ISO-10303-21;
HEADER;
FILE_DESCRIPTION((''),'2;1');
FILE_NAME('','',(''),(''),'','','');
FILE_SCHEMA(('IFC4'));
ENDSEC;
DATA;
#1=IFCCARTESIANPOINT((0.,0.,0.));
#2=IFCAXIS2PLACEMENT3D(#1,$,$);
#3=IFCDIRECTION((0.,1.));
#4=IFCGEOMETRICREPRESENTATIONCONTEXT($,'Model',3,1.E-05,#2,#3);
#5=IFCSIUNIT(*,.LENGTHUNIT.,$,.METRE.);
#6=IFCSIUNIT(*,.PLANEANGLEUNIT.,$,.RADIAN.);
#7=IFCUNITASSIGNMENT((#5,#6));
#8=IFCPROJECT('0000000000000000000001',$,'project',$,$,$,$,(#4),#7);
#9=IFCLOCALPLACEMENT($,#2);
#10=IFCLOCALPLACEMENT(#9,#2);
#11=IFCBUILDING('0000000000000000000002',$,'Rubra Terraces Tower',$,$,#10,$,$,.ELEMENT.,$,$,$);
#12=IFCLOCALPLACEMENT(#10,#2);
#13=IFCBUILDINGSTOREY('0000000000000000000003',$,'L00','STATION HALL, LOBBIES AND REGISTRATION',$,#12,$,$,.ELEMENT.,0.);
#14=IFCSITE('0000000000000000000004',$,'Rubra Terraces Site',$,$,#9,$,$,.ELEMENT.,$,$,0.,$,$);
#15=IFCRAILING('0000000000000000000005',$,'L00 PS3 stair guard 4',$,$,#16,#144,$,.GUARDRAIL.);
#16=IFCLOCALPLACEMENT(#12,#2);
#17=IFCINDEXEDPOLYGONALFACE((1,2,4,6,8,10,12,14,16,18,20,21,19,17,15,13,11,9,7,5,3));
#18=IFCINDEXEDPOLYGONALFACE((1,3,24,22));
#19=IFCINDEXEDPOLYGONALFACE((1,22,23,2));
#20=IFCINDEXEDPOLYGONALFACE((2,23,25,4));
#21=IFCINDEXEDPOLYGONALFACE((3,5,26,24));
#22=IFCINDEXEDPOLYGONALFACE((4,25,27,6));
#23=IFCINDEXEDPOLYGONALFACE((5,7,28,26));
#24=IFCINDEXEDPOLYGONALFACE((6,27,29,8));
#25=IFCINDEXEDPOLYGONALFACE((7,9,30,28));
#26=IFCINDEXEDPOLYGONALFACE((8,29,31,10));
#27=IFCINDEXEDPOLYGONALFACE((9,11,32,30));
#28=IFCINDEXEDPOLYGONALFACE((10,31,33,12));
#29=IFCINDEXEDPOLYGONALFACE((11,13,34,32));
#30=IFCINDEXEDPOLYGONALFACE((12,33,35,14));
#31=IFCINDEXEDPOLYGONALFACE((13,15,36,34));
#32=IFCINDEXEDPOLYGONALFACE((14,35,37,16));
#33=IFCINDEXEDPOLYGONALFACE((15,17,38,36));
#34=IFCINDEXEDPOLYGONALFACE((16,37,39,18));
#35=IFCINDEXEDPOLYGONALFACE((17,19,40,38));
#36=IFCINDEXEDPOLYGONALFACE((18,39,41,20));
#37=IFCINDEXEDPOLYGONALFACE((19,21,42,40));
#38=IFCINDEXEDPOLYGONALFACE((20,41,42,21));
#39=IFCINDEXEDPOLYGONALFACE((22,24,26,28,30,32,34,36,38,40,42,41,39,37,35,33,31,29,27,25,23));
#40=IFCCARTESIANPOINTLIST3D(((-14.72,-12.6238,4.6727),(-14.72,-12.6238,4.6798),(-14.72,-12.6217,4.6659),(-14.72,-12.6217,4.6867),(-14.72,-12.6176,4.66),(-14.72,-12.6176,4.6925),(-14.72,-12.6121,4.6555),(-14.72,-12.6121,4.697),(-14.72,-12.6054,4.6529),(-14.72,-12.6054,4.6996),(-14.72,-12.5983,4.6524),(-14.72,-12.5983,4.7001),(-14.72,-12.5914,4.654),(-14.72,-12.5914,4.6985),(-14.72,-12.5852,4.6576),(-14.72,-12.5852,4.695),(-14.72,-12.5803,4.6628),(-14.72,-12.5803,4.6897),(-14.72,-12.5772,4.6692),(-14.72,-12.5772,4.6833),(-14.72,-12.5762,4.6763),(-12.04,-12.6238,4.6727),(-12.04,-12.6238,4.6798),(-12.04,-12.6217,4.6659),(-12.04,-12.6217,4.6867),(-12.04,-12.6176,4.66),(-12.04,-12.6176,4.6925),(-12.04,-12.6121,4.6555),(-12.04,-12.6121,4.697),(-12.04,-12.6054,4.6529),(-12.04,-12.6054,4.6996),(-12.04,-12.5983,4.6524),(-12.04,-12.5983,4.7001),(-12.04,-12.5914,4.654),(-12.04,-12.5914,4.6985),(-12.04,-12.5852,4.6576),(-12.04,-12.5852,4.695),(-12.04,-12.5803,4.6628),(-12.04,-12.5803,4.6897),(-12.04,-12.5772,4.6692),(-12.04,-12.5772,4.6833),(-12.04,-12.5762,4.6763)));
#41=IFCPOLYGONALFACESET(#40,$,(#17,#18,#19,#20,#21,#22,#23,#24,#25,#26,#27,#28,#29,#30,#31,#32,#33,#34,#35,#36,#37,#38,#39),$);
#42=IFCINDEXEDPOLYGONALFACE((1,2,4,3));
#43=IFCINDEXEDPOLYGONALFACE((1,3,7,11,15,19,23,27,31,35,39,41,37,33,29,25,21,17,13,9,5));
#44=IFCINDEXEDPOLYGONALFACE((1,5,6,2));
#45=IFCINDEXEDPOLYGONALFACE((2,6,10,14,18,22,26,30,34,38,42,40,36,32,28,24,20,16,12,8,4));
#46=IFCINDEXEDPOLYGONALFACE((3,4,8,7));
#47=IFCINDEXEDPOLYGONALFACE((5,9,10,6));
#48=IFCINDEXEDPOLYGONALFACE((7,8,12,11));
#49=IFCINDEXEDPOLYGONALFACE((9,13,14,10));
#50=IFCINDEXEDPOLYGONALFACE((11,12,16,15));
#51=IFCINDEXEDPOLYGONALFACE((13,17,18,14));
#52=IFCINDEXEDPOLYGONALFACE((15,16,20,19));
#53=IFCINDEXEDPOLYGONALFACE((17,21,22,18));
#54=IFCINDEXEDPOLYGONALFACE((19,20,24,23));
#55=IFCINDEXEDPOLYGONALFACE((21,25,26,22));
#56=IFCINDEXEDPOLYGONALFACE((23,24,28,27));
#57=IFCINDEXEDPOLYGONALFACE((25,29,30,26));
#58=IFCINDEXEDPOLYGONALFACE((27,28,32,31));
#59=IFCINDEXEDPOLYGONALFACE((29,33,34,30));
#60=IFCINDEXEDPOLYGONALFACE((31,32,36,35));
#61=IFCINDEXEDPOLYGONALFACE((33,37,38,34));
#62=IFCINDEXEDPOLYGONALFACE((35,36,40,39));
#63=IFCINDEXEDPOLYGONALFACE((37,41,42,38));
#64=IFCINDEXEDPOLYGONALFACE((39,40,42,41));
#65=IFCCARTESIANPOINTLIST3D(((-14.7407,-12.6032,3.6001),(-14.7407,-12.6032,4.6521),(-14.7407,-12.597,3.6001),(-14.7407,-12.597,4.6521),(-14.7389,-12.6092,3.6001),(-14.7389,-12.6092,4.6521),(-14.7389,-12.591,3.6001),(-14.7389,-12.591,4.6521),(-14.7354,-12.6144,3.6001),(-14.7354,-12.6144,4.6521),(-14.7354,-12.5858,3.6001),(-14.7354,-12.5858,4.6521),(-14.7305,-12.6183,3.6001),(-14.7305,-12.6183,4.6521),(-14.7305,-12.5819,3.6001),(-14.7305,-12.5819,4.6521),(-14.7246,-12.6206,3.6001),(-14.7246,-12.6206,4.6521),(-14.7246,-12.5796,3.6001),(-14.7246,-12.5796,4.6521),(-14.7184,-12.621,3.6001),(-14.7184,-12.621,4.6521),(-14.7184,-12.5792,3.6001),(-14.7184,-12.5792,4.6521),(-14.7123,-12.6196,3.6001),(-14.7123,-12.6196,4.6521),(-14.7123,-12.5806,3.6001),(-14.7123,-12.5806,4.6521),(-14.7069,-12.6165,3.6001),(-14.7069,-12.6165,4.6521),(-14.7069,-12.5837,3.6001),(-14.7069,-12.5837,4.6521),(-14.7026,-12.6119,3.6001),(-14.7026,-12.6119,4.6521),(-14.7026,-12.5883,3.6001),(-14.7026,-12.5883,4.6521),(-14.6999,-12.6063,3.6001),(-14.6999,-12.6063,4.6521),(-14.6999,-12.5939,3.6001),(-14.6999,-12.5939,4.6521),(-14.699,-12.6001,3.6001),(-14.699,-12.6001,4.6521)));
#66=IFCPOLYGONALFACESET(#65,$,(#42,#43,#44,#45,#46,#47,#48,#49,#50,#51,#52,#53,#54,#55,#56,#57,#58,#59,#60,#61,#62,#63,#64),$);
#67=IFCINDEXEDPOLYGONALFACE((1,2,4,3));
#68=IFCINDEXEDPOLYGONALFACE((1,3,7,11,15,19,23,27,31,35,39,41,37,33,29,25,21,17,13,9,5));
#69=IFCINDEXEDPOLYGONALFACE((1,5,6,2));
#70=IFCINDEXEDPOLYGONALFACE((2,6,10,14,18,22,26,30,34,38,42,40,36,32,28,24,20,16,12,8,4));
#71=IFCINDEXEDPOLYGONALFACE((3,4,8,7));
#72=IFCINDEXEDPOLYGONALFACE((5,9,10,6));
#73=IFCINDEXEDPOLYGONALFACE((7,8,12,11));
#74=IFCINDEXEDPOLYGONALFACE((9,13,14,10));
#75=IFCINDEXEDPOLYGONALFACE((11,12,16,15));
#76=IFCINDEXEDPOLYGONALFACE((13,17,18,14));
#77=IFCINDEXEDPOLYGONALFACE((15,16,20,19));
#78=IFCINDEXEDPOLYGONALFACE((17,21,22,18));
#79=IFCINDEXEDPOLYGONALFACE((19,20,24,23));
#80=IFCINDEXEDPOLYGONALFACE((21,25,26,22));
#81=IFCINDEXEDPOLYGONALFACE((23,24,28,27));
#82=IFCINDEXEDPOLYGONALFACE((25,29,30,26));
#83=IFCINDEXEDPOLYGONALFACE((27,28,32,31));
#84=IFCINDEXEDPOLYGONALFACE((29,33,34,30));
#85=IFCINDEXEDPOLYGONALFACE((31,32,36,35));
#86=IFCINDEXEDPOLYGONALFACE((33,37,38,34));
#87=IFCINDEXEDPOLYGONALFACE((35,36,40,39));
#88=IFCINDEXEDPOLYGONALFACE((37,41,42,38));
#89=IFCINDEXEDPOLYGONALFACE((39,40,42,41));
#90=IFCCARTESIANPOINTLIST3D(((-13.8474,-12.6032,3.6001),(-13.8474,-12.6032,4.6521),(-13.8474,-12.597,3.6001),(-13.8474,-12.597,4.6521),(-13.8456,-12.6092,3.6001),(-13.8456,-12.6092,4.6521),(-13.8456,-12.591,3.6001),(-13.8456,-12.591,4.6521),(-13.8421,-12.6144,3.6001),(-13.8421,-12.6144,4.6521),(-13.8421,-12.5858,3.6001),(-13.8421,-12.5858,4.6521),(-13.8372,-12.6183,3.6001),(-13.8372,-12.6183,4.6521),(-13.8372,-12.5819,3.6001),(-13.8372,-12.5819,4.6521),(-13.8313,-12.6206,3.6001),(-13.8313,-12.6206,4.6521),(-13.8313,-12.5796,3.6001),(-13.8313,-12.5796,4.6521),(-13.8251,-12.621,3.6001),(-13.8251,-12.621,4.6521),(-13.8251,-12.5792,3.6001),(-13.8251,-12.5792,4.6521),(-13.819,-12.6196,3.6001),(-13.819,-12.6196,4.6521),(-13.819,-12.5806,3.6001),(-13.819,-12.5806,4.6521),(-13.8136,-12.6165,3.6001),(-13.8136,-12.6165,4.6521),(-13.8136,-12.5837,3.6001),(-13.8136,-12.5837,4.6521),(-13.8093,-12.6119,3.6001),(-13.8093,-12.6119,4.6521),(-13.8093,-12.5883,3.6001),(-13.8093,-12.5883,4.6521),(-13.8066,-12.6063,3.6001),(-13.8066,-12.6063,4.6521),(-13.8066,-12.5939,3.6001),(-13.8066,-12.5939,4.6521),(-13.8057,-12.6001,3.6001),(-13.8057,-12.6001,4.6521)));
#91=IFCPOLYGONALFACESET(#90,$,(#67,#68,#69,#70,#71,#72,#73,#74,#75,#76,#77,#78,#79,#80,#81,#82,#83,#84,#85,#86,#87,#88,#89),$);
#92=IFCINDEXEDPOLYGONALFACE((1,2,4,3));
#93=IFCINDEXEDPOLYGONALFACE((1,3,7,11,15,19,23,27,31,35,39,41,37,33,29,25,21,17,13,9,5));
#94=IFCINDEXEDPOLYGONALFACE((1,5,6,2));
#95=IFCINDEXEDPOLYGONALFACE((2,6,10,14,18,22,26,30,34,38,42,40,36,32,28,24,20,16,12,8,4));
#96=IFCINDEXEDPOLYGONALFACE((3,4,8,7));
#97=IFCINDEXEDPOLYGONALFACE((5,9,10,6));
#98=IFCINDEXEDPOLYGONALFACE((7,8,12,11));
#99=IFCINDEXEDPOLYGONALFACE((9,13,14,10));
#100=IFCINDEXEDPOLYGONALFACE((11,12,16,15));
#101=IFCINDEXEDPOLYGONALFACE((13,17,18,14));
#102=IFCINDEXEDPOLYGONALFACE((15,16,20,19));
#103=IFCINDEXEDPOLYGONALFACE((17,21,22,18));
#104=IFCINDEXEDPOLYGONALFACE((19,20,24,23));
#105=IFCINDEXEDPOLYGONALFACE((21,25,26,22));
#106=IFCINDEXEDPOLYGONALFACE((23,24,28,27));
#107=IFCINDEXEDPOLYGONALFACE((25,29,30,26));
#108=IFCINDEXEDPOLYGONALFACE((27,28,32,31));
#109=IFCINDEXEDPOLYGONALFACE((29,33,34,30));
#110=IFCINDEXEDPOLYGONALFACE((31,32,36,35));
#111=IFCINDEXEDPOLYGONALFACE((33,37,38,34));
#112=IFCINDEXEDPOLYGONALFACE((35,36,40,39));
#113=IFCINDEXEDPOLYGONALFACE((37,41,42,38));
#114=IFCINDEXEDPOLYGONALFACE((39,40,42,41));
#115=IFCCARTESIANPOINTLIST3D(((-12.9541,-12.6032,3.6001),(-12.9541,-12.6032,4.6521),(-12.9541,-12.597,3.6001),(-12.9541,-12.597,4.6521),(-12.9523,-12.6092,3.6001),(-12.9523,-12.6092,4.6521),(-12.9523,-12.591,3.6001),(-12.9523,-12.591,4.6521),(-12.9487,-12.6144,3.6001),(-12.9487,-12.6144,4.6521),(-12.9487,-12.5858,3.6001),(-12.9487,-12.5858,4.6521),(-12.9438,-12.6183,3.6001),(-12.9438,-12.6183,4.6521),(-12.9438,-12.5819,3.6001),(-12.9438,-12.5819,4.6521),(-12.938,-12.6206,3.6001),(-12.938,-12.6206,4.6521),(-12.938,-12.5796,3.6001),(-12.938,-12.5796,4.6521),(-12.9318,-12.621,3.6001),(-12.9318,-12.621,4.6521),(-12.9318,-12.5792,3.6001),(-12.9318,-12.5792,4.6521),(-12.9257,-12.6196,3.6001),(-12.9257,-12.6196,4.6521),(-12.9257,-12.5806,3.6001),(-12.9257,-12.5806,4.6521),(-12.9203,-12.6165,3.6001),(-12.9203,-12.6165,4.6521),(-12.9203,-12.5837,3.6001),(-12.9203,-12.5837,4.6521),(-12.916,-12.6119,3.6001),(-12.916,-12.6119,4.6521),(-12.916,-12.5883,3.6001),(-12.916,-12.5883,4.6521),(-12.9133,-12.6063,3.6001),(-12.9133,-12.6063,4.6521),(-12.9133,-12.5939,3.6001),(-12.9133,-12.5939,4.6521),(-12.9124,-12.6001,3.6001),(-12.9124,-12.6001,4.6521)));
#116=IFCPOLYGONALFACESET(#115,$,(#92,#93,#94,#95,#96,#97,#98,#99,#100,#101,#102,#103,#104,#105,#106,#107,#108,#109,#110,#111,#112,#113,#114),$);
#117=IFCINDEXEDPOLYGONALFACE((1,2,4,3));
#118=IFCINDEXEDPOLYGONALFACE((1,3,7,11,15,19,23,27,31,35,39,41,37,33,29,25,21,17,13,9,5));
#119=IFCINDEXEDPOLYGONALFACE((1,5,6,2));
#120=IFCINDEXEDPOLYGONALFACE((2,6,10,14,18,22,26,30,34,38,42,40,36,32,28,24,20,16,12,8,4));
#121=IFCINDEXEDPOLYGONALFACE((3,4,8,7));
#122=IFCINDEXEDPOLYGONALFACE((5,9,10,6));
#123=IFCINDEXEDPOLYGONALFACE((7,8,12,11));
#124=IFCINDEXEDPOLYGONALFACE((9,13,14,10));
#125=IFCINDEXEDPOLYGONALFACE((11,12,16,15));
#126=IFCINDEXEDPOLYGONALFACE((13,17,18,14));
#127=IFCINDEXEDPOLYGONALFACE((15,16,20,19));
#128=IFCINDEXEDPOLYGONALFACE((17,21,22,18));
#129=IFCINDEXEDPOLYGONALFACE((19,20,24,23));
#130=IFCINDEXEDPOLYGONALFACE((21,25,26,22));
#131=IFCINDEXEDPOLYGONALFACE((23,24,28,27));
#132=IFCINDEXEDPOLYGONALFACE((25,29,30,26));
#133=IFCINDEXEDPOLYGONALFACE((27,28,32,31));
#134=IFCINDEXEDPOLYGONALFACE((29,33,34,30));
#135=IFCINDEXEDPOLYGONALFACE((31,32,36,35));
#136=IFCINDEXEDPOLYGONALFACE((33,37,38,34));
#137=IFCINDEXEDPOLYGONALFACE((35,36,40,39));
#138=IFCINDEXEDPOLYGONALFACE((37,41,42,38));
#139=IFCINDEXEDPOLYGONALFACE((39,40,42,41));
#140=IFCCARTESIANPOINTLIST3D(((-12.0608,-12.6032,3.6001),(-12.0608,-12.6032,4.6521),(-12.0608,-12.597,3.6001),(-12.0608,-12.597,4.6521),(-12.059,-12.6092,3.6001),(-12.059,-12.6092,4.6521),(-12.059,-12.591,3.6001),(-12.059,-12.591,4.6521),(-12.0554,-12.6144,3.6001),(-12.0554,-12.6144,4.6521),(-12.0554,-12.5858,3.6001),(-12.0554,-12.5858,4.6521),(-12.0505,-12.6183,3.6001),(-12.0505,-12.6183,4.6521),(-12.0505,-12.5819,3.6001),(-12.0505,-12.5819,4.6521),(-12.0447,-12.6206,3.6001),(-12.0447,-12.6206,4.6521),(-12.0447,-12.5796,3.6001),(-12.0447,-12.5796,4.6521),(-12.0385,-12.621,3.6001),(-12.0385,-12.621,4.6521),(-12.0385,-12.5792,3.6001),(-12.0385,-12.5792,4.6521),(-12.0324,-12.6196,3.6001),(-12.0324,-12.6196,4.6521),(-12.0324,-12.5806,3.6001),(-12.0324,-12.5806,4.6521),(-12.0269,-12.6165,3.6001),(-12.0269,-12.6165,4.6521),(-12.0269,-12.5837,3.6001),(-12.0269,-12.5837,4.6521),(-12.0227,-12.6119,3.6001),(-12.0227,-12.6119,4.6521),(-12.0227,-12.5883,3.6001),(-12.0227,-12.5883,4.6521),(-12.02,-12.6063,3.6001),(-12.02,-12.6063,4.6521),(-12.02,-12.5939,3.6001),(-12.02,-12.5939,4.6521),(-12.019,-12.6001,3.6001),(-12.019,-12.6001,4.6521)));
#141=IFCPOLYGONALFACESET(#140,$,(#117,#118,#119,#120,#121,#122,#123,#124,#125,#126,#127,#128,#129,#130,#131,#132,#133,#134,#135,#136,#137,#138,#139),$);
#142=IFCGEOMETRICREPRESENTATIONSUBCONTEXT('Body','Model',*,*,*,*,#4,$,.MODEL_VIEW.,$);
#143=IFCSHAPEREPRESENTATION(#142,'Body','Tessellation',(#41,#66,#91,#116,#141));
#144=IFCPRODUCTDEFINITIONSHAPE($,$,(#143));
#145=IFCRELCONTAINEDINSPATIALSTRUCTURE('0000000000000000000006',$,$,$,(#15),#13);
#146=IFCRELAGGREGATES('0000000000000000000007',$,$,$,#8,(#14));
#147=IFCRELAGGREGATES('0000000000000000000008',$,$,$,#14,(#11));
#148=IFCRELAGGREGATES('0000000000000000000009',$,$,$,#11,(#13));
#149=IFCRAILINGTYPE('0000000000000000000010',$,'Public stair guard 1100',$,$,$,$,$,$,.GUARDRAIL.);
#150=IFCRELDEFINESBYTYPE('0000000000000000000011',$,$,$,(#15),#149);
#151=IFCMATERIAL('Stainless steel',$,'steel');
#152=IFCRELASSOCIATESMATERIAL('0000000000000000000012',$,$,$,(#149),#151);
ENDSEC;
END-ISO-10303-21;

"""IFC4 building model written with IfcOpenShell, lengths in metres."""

from ifc_helpers import new_model, si_unit, direction, frame, origin, origin_2d, place, context, subcontext, project, spatial, circle, extrude, material, type_object, element, save


model = new_model("IFC4")

# Units and contexts
model_context = context("Model", 3, precision=1e-05, world=origin(), true_north=direction((0.0, 1.0)))
body_context = subcontext(model_context, "Body", "Model", "MODEL_VIEW")
ifc_project = project(units=[si_unit("LENGTHUNIT", "METRE"), si_unit("PLANEANGLEUNIT", "RADIAN")], contexts=[model_context])

# Site, building, storey
site_placement = place(None, origin())
site = spatial("IfcSite", under=ifc_project, at=site_placement, Name="Rubra Terraces Site", CompositionType="ELEMENT", RefElevation=0.0)
building_placement = place(site_placement, origin())
building = spatial("IfcBuilding", under=site, at=building_placement, Name="Rubra Terraces Tower", CompositionType="ELEMENT")
storey_placement = place(building_placement, origin())
storey = spatial("IfcBuildingStorey", under=building, at=storey_placement, Name="L00", Description="STATION HALL, LOBBIES AND REGISTRATION", CompositionType="ELEMENT", Elevation=0.0)

# Railing
ifc_material_1 = material(Name="Stainless steel", Category="steel")
railing_type_1 = type_object("IfcRailingType", Name="Public stair guard 1100", PredefinedType="GUARDRAIL", material=ifc_material_1)
for number, where, name in (
    (1, (-14.72, -12.6001, 3.6001), "L00 PS3 stair guard 4"),
):
    element("IfcRailing", number, at=place(storey_placement, frame(where)), inside=storey, type_object=railing_type_1, Name=name, PredefinedType="GUARDRAIL", context=body_context, shape_type="SweptSolid", body=[
        extrude(circle(Radius=0.0239, at=origin_2d()), frame((0.0, 0.0, 1.0762), z_axis=(1.0, 0.0, 0.0), x_axis=(0.0, 1.0, 0.0)), (0.0, 0.0, 1.0), 2.6799),
        extrude(circle(Radius=0.021, at=origin_2d()), origin(), (0.0, 0.0, 1.0), 1.052),
        extrude(circle(Radius=0.021, at=origin_2d()), frame((0.8933, 0.0, 0.0)), (0.0, 0.0, 1.0), 1.052),
        extrude(circle(Radius=0.021, at=origin_2d()), frame((1.7866, 0.0, 0.0)), (0.0, 0.0, 1.0), 1.052),
        extrude(circle(Radius=0.021, at=origin_2d()), frame((2.6799, 0.0, 0.0)), (0.0, 0.0, 1.0), 1.052),
    ])

save(model, "model.ifc")
